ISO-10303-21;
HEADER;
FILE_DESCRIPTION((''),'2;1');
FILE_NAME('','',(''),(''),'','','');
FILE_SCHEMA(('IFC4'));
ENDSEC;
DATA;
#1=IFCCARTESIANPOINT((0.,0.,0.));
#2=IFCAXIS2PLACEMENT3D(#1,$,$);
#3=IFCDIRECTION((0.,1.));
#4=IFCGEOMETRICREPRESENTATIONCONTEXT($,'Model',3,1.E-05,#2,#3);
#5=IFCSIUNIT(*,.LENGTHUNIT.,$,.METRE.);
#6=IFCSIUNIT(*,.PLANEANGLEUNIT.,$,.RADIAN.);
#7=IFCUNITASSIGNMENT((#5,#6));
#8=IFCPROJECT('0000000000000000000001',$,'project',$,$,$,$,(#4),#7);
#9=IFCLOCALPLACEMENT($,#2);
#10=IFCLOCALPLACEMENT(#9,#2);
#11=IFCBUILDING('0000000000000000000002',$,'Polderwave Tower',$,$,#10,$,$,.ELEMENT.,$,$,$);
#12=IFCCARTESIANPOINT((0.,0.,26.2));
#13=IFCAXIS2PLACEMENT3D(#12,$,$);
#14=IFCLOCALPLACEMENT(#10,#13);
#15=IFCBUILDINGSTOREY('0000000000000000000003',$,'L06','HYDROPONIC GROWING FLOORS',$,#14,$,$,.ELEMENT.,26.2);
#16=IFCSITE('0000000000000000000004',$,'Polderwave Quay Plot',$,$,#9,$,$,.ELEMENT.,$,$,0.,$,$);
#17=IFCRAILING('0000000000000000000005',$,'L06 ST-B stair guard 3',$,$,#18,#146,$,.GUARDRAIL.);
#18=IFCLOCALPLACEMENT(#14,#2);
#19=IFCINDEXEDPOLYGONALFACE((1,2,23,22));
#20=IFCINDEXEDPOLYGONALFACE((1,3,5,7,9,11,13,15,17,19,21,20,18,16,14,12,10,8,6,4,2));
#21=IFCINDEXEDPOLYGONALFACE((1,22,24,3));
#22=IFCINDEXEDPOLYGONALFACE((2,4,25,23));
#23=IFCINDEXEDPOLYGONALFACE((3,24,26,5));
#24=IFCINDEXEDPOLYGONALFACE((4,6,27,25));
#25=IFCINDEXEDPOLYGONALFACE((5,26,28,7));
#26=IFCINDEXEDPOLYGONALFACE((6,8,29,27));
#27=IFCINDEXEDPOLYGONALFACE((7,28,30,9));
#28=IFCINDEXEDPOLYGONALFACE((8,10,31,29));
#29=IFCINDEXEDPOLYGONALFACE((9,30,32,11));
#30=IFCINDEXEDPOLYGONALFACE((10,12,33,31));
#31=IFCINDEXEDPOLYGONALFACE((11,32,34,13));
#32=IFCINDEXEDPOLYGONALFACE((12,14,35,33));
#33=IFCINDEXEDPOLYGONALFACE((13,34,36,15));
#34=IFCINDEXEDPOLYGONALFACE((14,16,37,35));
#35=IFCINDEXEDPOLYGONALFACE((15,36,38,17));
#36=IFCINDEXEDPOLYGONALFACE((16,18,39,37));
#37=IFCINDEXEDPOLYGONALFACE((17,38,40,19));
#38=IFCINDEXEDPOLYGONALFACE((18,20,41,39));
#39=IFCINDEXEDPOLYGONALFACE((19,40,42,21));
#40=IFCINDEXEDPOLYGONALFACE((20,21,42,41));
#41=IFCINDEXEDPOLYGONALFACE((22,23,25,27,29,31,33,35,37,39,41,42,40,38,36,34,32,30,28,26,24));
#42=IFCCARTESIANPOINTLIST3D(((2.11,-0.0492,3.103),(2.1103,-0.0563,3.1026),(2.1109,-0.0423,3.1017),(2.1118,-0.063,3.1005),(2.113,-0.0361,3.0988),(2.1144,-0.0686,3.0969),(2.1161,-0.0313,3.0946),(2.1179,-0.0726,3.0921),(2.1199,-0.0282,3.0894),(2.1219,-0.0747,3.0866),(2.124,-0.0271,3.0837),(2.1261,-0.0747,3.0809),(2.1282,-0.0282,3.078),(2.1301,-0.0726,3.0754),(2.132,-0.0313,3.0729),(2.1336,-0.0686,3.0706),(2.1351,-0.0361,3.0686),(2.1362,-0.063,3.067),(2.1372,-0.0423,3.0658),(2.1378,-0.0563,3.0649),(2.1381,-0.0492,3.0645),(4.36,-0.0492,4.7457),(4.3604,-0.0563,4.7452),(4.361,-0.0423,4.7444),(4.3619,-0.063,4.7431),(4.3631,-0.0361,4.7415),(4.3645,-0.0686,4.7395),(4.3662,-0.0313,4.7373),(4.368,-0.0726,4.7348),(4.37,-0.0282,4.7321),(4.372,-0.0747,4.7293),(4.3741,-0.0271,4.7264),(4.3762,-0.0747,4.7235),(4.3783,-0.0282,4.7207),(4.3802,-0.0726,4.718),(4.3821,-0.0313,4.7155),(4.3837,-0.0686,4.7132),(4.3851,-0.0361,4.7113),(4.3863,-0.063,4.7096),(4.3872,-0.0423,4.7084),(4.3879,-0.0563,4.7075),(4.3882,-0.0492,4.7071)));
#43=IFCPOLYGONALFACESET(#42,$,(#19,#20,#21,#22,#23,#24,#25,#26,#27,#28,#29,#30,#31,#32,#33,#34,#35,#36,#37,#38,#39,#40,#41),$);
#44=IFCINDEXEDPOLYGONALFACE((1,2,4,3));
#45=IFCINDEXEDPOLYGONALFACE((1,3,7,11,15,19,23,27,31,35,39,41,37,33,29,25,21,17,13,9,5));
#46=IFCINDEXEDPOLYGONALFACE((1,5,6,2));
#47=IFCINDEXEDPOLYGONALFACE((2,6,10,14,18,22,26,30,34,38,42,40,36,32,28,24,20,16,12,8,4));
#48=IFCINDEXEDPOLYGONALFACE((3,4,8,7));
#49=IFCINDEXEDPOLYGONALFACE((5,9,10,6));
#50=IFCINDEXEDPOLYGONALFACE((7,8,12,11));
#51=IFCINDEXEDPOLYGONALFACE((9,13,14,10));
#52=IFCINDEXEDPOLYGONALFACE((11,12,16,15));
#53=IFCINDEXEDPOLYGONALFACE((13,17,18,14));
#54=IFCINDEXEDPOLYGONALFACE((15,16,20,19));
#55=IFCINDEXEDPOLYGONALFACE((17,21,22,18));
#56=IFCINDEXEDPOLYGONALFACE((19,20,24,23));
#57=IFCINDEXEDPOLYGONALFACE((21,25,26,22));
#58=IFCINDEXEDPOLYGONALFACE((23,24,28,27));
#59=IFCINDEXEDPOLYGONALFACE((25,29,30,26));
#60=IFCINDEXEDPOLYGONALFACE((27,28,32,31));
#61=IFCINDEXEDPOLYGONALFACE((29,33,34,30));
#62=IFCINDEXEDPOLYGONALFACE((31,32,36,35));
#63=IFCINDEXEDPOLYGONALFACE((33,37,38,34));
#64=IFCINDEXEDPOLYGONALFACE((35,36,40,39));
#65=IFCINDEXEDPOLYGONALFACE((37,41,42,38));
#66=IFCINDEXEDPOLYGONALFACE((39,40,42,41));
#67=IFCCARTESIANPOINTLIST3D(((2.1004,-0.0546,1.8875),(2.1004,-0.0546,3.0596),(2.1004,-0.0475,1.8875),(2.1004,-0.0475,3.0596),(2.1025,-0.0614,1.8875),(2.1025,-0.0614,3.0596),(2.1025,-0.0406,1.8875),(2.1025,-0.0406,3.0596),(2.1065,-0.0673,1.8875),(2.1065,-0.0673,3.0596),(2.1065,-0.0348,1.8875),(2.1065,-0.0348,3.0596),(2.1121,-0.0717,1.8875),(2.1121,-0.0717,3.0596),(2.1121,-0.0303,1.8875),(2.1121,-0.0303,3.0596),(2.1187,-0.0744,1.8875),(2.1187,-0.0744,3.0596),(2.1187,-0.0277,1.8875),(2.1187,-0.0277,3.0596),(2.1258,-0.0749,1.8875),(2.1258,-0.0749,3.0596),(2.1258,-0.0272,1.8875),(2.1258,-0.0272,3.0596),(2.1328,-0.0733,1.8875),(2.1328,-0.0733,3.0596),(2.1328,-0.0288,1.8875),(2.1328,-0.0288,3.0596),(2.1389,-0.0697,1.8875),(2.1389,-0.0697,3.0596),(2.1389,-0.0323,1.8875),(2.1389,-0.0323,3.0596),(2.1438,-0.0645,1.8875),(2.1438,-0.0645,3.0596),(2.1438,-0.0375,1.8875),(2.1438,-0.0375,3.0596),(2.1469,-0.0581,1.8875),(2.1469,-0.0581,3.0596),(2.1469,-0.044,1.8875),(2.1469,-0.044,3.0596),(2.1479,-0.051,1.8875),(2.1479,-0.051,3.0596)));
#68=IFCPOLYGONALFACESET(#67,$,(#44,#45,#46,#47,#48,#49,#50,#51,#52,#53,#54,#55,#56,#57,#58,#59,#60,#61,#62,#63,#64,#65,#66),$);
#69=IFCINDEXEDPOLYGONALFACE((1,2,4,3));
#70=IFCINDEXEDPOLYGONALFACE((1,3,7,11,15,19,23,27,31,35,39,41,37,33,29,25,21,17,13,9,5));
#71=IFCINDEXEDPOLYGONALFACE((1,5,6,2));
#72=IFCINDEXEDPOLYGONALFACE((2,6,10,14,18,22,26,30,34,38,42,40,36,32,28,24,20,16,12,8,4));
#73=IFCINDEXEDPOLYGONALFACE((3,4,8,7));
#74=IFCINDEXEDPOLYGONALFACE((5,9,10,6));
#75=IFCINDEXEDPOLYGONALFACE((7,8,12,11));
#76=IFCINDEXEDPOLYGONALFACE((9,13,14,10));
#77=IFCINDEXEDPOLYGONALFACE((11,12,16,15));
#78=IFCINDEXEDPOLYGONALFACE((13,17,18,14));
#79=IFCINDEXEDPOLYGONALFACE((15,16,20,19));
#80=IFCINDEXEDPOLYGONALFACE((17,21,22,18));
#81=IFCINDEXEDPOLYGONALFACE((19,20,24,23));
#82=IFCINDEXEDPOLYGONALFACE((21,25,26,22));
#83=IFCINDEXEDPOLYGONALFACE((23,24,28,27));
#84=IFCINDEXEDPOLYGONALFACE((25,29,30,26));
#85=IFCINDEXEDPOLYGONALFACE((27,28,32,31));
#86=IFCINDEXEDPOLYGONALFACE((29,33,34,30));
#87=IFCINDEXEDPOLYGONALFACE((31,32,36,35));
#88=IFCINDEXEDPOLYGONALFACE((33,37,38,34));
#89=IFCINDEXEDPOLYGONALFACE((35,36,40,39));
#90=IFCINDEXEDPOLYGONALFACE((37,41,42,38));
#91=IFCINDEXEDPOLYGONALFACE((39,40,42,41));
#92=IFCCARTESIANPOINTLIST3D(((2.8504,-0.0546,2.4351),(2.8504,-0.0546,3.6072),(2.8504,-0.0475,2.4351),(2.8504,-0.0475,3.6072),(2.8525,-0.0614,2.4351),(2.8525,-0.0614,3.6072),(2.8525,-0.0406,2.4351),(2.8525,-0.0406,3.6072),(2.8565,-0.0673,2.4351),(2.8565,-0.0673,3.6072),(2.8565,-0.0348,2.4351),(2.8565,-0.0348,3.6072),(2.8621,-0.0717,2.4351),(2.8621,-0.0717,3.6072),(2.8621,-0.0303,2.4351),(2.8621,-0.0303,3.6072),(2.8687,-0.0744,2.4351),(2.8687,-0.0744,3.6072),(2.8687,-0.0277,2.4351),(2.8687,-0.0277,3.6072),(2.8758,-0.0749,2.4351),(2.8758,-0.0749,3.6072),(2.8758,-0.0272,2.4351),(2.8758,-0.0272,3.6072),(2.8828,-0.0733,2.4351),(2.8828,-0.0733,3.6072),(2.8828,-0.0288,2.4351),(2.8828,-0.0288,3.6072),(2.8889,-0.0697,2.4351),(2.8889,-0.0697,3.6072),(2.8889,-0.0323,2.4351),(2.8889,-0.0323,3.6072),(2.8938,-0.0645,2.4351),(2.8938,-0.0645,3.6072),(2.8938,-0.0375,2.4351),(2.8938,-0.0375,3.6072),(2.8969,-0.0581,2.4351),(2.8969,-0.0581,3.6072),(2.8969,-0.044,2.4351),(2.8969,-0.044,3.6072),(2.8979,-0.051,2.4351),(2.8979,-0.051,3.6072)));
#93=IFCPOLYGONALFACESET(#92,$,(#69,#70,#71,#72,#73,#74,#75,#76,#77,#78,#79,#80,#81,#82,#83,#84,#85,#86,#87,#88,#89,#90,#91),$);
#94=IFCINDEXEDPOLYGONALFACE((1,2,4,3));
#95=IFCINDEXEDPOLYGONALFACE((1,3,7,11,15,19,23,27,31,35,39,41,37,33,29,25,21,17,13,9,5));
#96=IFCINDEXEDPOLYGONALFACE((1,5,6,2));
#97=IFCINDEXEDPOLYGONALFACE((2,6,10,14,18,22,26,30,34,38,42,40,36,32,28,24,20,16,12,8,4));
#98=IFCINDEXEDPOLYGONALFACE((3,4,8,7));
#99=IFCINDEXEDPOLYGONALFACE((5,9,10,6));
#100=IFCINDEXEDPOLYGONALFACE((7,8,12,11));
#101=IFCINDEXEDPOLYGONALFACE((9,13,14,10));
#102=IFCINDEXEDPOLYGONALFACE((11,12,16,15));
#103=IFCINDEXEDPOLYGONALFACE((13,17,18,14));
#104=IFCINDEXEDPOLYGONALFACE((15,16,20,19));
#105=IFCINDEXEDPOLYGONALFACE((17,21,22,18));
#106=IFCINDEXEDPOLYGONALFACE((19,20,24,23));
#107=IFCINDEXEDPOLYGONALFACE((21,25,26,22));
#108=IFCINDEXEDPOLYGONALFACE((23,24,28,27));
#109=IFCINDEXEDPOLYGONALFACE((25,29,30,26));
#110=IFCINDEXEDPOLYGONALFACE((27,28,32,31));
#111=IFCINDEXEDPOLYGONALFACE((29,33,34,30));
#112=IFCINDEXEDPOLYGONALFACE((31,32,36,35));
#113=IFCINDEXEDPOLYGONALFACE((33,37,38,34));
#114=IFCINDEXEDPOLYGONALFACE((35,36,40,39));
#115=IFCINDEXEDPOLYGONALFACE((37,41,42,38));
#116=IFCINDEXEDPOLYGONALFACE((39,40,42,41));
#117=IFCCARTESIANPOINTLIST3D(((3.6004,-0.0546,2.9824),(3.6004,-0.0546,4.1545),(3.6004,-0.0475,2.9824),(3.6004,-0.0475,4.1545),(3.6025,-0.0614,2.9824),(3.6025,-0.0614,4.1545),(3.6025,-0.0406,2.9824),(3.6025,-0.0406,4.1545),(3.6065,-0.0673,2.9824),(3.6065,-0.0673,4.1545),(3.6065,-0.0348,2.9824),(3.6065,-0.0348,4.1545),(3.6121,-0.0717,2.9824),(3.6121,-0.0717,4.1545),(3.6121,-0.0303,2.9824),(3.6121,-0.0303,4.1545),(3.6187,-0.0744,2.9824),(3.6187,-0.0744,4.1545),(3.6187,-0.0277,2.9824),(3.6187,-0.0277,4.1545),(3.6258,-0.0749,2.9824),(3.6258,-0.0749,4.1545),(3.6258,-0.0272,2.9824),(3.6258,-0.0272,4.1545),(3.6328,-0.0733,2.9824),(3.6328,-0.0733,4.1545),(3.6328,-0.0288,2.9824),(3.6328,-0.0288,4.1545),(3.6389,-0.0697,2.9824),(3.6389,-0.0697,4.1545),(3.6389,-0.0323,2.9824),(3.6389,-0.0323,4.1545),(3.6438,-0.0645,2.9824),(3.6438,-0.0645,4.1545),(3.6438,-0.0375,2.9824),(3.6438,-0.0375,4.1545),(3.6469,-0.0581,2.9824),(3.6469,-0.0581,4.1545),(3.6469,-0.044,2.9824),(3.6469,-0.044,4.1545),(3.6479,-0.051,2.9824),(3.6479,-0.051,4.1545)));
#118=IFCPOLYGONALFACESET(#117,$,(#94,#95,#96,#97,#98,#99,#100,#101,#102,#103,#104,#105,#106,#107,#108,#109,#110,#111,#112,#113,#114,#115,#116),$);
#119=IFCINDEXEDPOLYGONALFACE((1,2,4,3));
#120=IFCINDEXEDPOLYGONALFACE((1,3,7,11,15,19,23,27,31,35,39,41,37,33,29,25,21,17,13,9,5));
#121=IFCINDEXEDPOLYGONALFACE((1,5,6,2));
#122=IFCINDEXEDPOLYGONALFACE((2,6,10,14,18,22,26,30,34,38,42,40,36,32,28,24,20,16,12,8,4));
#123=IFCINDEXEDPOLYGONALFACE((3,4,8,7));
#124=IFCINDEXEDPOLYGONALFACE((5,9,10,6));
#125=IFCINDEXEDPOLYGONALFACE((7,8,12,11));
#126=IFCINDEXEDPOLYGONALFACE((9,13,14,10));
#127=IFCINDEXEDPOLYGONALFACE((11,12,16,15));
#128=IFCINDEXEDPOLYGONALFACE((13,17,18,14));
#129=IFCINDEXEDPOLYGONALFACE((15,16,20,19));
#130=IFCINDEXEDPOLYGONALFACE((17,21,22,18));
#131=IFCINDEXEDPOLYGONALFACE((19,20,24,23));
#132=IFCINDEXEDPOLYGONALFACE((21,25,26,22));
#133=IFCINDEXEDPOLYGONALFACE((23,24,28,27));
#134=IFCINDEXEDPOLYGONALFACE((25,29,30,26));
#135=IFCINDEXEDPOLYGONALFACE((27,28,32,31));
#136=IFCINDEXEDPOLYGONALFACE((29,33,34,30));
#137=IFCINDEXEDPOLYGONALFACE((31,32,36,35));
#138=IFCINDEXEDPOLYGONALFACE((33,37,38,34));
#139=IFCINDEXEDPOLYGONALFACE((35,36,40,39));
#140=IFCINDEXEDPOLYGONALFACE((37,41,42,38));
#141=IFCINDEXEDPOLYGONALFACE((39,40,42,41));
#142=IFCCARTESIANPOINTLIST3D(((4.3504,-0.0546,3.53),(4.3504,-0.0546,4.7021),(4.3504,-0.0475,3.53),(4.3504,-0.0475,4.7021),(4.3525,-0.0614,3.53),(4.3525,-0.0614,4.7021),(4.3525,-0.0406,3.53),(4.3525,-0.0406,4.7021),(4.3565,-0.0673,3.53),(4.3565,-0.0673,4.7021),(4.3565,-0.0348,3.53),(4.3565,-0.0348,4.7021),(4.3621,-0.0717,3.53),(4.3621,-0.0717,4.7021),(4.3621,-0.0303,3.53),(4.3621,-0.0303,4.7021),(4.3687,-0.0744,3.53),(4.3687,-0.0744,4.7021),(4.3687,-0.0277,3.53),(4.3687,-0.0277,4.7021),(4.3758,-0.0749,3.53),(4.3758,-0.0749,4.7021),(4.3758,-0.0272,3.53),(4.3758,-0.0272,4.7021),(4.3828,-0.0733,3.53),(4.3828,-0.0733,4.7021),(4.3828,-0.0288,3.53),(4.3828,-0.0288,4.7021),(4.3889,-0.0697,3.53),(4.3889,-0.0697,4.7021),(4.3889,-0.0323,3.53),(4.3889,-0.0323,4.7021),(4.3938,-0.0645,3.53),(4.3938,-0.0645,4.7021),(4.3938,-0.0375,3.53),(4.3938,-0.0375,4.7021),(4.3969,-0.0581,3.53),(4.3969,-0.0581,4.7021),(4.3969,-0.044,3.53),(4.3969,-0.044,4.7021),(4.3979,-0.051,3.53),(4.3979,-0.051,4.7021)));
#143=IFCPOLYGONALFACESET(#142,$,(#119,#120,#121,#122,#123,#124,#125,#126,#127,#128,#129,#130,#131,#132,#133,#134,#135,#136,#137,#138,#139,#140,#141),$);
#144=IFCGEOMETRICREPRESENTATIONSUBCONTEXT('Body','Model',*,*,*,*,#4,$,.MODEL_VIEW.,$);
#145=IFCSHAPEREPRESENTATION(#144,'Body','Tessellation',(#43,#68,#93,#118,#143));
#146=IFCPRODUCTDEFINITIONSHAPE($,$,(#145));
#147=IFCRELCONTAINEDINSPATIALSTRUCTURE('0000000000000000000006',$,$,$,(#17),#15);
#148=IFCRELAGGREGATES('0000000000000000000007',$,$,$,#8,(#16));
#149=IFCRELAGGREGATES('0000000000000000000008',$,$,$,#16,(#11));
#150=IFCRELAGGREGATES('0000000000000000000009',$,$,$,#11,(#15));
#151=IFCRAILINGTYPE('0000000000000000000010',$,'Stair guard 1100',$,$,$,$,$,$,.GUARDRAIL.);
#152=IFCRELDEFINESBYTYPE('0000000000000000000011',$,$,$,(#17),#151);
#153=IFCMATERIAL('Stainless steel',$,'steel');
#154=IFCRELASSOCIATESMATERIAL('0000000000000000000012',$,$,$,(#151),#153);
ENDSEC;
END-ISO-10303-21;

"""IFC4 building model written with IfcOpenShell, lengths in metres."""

from ifc_helpers import new_model, si_unit, direction, frame, origin, origin_2d, place, context, subcontext, project, spatial, circle, extrude, material, type_object, element, save


model = new_model("IFC4")

# Units and contexts
model_context = context("Model", 3, precision=1e-05, world=origin(), true_north=direction((0.0, 1.0)))
body_context = subcontext(model_context, "Body", "Model", "MODEL_VIEW")
ifc_project = project(units=[si_unit("LENGTHUNIT", "METRE"), si_unit("PLANEANGLEUNIT", "RADIAN")], contexts=[model_context])

# Site, building, storey
site_placement = place(None, origin())
site = spatial("IfcSite", under=ifc_project, at=site_placement, Name="Polderwave Quay Plot", CompositionType="ELEMENT", RefElevation=0.0)
building_placement = place(site_placement, origin())
building = spatial("IfcBuilding", under=site, at=building_placement, Name="Polderwave Tower", CompositionType="ELEMENT")
storey_placement = place(building_placement, frame((0.0, 0.0, 26.2)))
storey = spatial("IfcBuildingStorey", under=building, at=storey_placement, Name="L06", Description="HYDROPONIC GROWING FLOORS", CompositionType="ELEMENT", Elevation=26.2)

# Railing
ifc_material_1 = material(Name="Stainless steel", Category="steel")
railing_type_1 = type_object("IfcRailingType", Name="Stair guard 1100", PredefinedType="GUARDRAIL", material=ifc_material_1)
railing_1_placement = place(storey_placement, frame((2.124, -0.051, 1.8875)))
element("IfcRailing", 1, at=railing_1_placement, inside=storey, type_object=railing_type_1, Name="L06 ST-B stair guard 3", PredefinedType="GUARDRAIL", context=body_context, shape_type="SweptSolid", body=[
    extrude(circle(Radius=0.0239, at=origin_2d()), frame((0.0, 0.0, 1.1963), z_axis=(0.807674, 0.0, 0.58963), x_axis=(0.0, 1.0, 0.0)), (0.0, 0.0, 1.0), 2.7859),
    extrude(circle(Radius=0.0239, at=origin_2d()), origin(), (0.0, 0.0, 1.0), 1.1721),
    extrude(circle(Radius=0.0239, at=origin_2d()), frame((0.75, 0.0, 0.5476)), (0.0, 0.0, 1.0), 1.1721),
    extrude(circle(Radius=0.0239, at=origin_2d()), frame((1.5, 0.0, 1.095)), (0.0, 0.0, 1.0), 1.1721),
    extrude(circle(Radius=0.0239, at=origin_2d()), frame((2.25, 0.0, 1.6426)), (0.0, 0.0, 1.0), 1.1721),
])

save(model, "model.ifc")
